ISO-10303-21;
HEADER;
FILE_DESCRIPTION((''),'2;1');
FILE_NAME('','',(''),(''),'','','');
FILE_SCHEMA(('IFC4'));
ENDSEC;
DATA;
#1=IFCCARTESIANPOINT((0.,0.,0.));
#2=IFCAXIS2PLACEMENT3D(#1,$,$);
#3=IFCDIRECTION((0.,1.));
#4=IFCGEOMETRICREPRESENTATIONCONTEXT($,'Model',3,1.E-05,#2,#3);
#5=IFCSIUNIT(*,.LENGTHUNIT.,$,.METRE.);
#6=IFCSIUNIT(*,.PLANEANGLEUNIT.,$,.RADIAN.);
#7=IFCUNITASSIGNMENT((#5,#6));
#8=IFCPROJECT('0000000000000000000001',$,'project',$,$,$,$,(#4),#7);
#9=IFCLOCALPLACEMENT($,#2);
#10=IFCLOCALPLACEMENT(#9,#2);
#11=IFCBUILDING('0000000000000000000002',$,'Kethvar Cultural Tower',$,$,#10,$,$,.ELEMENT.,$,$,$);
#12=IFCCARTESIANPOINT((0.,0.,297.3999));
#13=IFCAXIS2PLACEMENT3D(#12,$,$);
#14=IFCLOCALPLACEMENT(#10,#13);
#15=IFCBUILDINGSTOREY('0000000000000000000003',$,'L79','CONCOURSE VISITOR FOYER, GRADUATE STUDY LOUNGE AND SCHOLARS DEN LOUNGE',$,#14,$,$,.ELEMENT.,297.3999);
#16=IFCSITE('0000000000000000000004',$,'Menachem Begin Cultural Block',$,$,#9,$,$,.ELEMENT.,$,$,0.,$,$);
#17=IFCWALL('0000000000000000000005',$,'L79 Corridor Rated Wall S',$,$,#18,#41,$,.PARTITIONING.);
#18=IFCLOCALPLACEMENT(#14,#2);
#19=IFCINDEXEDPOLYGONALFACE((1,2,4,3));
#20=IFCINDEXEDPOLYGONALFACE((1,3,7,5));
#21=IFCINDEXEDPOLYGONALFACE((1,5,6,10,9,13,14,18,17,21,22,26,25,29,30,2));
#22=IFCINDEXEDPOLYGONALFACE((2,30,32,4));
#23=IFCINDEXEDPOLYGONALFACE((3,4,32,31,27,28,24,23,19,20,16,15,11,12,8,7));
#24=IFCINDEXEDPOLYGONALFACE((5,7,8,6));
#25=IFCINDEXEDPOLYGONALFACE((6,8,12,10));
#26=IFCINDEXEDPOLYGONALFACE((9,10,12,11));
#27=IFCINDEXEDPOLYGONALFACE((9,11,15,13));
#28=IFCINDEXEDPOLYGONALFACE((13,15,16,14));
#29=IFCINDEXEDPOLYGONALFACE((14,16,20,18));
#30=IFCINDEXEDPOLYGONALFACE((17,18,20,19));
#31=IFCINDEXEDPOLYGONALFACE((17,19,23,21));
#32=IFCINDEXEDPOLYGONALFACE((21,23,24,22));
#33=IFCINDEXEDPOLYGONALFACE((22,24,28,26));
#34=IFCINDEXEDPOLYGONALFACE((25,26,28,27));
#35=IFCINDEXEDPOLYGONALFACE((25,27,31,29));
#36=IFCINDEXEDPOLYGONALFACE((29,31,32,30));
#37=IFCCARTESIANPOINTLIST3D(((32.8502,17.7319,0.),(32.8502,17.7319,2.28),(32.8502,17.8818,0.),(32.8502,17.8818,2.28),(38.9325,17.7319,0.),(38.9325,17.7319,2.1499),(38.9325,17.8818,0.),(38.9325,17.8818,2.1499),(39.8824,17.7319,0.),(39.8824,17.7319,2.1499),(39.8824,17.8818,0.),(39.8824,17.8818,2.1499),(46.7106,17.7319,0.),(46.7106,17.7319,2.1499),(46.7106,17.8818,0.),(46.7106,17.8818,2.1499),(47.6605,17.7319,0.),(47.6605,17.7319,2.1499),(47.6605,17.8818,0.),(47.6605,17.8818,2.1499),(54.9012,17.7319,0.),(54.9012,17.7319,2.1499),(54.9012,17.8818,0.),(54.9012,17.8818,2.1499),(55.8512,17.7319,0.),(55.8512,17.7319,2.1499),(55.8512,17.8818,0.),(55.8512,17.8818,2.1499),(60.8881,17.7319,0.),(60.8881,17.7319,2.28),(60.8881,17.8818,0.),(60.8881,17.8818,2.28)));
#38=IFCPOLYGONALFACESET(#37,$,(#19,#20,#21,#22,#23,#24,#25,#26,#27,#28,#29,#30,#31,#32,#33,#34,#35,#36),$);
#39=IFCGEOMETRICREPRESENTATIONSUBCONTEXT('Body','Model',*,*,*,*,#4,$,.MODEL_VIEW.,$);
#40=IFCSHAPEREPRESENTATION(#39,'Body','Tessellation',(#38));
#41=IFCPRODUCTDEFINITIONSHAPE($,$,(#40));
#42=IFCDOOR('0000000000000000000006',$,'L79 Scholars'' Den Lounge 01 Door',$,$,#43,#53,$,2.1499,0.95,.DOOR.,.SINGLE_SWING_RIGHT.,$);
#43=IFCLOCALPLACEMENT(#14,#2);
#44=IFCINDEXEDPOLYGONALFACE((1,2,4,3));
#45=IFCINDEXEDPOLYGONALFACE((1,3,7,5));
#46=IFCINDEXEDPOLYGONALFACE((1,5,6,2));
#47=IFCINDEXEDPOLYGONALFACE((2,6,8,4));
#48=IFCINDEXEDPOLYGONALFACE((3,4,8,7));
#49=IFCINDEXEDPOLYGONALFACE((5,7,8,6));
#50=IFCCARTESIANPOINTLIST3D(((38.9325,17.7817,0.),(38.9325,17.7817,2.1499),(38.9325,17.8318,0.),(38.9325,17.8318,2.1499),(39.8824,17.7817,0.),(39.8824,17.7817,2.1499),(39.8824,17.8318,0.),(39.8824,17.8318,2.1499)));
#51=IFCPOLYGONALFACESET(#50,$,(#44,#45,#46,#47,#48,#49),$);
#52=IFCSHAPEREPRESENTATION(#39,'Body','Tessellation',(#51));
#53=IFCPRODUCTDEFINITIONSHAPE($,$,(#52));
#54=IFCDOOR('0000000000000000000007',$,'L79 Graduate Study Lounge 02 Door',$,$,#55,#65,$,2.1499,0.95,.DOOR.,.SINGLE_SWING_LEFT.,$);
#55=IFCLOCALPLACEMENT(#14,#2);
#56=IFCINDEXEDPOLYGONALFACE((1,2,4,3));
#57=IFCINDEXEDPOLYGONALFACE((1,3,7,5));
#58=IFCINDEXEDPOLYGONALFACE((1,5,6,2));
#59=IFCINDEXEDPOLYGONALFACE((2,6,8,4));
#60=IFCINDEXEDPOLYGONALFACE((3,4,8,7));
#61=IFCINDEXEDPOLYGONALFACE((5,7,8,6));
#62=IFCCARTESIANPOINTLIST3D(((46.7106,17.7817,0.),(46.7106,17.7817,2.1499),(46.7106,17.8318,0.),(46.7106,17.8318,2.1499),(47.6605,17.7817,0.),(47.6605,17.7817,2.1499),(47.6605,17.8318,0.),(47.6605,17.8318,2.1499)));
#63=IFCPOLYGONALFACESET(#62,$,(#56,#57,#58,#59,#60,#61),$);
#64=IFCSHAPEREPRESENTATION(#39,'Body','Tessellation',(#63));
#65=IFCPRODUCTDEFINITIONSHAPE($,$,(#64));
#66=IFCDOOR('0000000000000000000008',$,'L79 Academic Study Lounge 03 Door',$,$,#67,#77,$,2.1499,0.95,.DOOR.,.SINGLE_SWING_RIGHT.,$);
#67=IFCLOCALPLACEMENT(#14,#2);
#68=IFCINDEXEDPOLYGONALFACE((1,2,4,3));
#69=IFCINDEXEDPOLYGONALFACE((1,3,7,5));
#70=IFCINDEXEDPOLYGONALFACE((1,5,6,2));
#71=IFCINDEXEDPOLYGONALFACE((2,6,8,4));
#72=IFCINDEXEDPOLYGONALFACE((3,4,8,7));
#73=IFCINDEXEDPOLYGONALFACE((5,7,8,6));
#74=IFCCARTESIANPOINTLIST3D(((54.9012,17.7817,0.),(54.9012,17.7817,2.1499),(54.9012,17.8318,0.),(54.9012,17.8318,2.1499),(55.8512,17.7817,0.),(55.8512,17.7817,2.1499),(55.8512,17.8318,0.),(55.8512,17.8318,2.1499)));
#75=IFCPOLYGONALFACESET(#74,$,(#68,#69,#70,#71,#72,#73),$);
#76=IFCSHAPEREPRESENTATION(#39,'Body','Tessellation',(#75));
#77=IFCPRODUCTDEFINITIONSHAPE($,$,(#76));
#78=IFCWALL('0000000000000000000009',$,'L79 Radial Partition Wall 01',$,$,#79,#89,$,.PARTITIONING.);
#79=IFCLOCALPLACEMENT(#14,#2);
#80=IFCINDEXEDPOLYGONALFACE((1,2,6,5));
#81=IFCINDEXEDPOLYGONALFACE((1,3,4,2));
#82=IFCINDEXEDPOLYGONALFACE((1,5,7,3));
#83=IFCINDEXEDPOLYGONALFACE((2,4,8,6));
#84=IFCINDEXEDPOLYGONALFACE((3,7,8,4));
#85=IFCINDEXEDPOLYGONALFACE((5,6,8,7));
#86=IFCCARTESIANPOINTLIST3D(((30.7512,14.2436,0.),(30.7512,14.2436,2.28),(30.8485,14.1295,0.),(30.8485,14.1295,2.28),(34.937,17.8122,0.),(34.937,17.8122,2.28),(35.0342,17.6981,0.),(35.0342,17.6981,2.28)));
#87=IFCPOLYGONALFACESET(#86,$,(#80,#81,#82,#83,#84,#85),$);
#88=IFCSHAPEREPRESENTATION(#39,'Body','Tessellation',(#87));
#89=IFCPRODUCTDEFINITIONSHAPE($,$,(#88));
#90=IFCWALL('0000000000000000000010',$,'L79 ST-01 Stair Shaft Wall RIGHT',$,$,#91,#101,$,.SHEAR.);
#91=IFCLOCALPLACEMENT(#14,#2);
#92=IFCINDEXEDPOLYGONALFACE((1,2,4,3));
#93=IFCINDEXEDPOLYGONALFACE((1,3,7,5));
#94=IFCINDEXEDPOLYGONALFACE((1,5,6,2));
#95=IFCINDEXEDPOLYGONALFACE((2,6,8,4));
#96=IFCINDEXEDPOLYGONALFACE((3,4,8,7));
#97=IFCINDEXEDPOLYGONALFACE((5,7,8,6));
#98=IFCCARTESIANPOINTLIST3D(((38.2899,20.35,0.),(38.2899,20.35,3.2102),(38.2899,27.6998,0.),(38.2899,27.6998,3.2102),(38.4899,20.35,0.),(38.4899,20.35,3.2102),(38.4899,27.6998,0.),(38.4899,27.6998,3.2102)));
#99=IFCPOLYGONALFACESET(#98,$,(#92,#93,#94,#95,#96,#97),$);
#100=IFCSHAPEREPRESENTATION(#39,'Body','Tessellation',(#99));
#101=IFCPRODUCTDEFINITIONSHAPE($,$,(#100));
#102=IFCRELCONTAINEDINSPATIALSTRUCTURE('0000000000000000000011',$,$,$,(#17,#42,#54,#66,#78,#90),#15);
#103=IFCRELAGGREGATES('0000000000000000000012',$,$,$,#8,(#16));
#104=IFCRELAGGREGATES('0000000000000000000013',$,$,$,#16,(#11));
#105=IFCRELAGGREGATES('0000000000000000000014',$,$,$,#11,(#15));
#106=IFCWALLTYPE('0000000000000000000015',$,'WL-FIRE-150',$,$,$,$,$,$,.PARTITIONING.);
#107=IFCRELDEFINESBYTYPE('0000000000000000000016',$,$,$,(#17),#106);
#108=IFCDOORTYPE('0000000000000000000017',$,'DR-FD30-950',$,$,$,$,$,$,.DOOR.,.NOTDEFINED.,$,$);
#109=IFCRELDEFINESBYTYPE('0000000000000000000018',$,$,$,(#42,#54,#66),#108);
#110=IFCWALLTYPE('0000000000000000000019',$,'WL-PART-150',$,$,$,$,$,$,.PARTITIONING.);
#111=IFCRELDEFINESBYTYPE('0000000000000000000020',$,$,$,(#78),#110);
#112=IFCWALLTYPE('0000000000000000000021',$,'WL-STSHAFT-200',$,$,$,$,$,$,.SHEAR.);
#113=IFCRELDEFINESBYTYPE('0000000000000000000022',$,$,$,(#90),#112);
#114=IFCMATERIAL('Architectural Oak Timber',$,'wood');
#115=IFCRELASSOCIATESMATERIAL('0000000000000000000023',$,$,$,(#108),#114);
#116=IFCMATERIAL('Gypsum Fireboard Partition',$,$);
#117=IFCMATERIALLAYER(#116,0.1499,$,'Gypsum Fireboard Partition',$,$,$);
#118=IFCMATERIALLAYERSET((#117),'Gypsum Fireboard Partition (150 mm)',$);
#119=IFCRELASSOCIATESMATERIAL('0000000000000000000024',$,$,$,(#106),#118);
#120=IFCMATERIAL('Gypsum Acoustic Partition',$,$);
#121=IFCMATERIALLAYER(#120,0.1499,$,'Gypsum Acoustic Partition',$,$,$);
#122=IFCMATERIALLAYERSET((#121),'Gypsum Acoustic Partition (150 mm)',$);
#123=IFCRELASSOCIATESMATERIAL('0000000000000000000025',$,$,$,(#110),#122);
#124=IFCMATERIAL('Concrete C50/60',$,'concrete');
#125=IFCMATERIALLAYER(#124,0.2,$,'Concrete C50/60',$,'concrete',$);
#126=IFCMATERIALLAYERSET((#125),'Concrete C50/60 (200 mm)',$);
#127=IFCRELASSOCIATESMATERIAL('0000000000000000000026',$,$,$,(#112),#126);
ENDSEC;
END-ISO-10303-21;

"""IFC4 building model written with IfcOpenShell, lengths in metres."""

from ifc_helpers import new_model, si_unit, direction, frame, frame_2d, origin, place, context, subcontext, project, spatial, rectangle, extrude, source, transform, mapped, material, layer, layer_set, type_object, element, fill, save


model = new_model("IFC4")

# Units and contexts
model_context = context("Model", 3, precision=1e-05, world=origin(), true_north=direction((0.0, 1.0)))
body_context = subcontext(model_context, "Body", "Model", "MODEL_VIEW")
ifc_project = project(units=[si_unit("LENGTHUNIT", "METRE"), si_unit("PLANEANGLEUNIT", "RADIAN")], contexts=[model_context])

# Site, building, storey
site_placement = place(None, origin())
site = spatial("IfcSite", under=ifc_project, at=site_placement, Name="Menachem Begin Cultural Block", CompositionType="ELEMENT", RefElevation=0.0)
building_placement = place(site_placement, origin())
building = spatial("IfcBuilding", under=site, at=building_placement, Name="Kethvar Cultural Tower", CompositionType="ELEMENT")
storey_placement = place(building_placement, frame((0.0, 0.0, 297.3999)))
storey = spatial("IfcBuildingStorey", under=building, at=storey_placement, Name="L79", Description="CONCOURSE VISITOR FOYER, GRADUATE STUDY LOUNGE AND SCHOLARS DEN LOUNGE", CompositionType="ELEMENT", Elevation=297.3999)

# Wall, openings, doors
ifc_material_1 = material(Name="Concrete C50/60", Category="concrete")
ifc_material_2 = material(Name="Architectural Oak Timber", Category="wood")
door_type_1 = type_object("IfcDoorType", Name="DR-FD30-950", OperationType="NOTDEFINED", PredefinedType="DOOR", material=ifc_material_2)
shared_shape_1 = source(origin(), body_context, "Body", "SweptSolid", [
    extrude(rectangle(XDim=0.95, YDim=2.1499, at=frame_2d((0.4751, 1.075))), frame((0.0, 0.0249, 0.0), z_axis=(0.0, -1.0, 0.0), x_axis=(1.0, 0.0, 0.0)), (0.0, 0.0, 1.0), 0.05),
])
ifc_material_3 = material(Name="Gypsum Fireboard Partition")
ifc_layer_1 = layer(ifc_material_3, 0.1499, Name="Gypsum Fireboard Partition")
ifc_layer_set_1 = layer_set([ifc_layer_1], Name="Gypsum Fireboard Partition (150 mm)")
wall_type_1 = type_object("IfcWallType", Name="WL-FIRE-150", PredefinedType="PARTITIONING", material=ifc_layer_set_1)
wall_1_placement = place(storey_placement, frame((32.8501, 17.8069, 0.0), z_axis=(0.0, 0.0, 1.0), x_axis=(1.0, 0.0, 0.0)))
wall_1 = element("IfcWall", 1, at=wall_1_placement, inside=storey, type_object=wall_type_1, Name="L79 Corridor Rated Wall S", PredefinedType="PARTITIONING", context=body_context, shape_type="SweptSolid", body=[
    extrude(rectangle(XDim=28.0378, YDim=0.1499, at=frame_2d((14.019, 0.0))), origin(), (0.0, 0.0, 1.0), 2.28),
])
opening_1_placement = place(wall_1_placement, frame((6.0823, 0.0, 0.0)))
opening_1 = element("IfcOpeningElement", 2, at=opening_1_placement, cuts=wall_1, PredefinedType="OPENING", context=body_context, shape_type="SweptSolid", body=[
    extrude(rectangle(XDim=0.95, YDim=2.1499, at=frame_2d((0.4751, 1.075))), frame((0.0, 0.085, 0.0), z_axis=(0.0, -1.0, 0.0), x_axis=(1.0, 0.0, 0.0)), (0.0, 0.0, 1.0), 0.1699),
])
opening_2_placement = place(wall_1_placement, frame((13.8604, 0.0, 0.0)))
opening_2 = element("IfcOpeningElement", 3, at=opening_2_placement, cuts=wall_1, PredefinedType="OPENING", context=body_context, shape_type="SweptSolid", body=[
    extrude(rectangle(XDim=0.95, YDim=2.1499, at=frame_2d((0.4751, 1.075))), frame((0.0, 0.085, 0.0), z_axis=(0.0, -1.0, 0.0), x_axis=(1.0, 0.0, 0.0)), (0.0, 0.0, 1.0), 0.1699),
])
opening_3_placement = place(wall_1_placement, frame((22.051, 0.0, 0.0)))
opening_3 = element("IfcOpeningElement", 4, at=opening_3_placement, cuts=wall_1, PredefinedType="OPENING", context=body_context, shape_type="SweptSolid", body=[
    extrude(rectangle(XDim=0.95, YDim=2.1499, at=frame_2d((0.4751, 1.075))), frame((0.0, 0.085, 0.0), z_axis=(0.0, -1.0, 0.0), x_axis=(1.0, 0.0, 0.0)), (0.0, 0.0, 1.0), 0.1699),
])
door_1_placement = place(opening_1_placement, origin())
door_1 = element("IfcDoor", 5, at=door_1_placement, inside=storey, type_object=door_type_1, Name="L79 Scholars' Den Lounge 01 Door", OperationType="SINGLE_SWING_RIGHT", OverallHeight=2.1499, OverallWidth=0.95, PredefinedType="DOOR", context=body_context, shape_type="MappedRepresentation", body=[
    mapped(shared_shape_1, transform((0.0, 0.0, 0.0), scale=1.0)),
])
fill(opening_1, door_1)
door_2_placement = place(opening_2_placement, origin())
door_2 = element("IfcDoor", 6, at=door_2_placement, inside=storey, type_object=door_type_1, Name="L79 Graduate Study Lounge 02 Door", OperationType="SINGLE_SWING_LEFT", OverallHeight=2.1499, OverallWidth=0.95, PredefinedType="DOOR", context=body_context, shape_type="MappedRepresentation", body=[
    mapped(shared_shape_1, transform((0.0, 0.0, 0.0), scale=1.0)),
])
fill(opening_2, door_2)
door_3_placement = place(opening_3_placement, origin())
door_3 = element("IfcDoor", 7, at=door_3_placement, inside=storey, type_object=door_type_1, Name="L79 Academic Study Lounge 03 Door", OperationType="SINGLE_SWING_RIGHT", OverallHeight=2.1499, OverallWidth=0.95, PredefinedType="DOOR", context=body_context, shape_type="MappedRepresentation", body=[
    mapped(shared_shape_1, transform((0.0, 0.0, 0.0), scale=1.0)),
])
fill(opening_3, door_3)

# Walls
ifc_material_4 = material(Name="Gypsum Acoustic Partition")
ifc_layer_2 = layer(ifc_material_4, 0.1499, Name="Gypsum Acoustic Partition")
ifc_layer_set_2 = layer_set([ifc_layer_2], Name="Gypsum Acoustic Partition (150 mm)")
wall_type_2 = type_object("IfcWallType", Name="WL-PART-150", PredefinedType="PARTITIONING", material=ifc_layer_set_2)
wall_2_placement = place(storey_placement, frame((34.9856, 17.7551, 0.0), z_axis=(0.0, 0.0, 1.0), x_axis=(-0.76098, -0.648775, 0.0)))
element("IfcWall", 8, at=wall_2_placement, inside=storey, type_object=wall_type_2, Name="L79 Radial Partition Wall 01", PredefinedType="PARTITIONING", context=body_context, shape_type="SweptSolid", body=[
    extrude(rectangle(XDim=5.5005, YDim=0.1499, at=frame_2d((2.7502, 0.0))), origin(), (0.0, 0.0, 1.0), 2.28),
])
ifc_layer_3 = layer(ifc_material_1, 0.2, Name="Concrete C50/60", Category="concrete")
ifc_layer_set_3 = layer_set([ifc_layer_3], Name="Concrete C50/60 (200 mm)")
wall_type_3 = type_object("IfcWallType", Name="WL-STSHAFT-200", PredefinedType="SHEAR", material=ifc_layer_set_3)
wall_3_placement = place(storey_placement, frame((38.3899, 20.3501, 0.0), z_axis=(0.0, 0.0, 1.0), x_axis=(0.0, 1.0, 0.0)))
element("IfcWall", 9, at=wall_3_placement, inside=storey, type_object=wall_type_3, Name="L79 ST-01 Stair Shaft Wall RIGHT", PredefinedType="SHEAR", context=body_context, shape_type="SweptSolid", body=[
    extrude(rectangle(XDim=7.3499, YDim=0.2, at=frame_2d((3.6748, 0.0))), origin(), (0.0, 0.0, 1.0), 3.2102),
])

save(model, "model.ifc")
